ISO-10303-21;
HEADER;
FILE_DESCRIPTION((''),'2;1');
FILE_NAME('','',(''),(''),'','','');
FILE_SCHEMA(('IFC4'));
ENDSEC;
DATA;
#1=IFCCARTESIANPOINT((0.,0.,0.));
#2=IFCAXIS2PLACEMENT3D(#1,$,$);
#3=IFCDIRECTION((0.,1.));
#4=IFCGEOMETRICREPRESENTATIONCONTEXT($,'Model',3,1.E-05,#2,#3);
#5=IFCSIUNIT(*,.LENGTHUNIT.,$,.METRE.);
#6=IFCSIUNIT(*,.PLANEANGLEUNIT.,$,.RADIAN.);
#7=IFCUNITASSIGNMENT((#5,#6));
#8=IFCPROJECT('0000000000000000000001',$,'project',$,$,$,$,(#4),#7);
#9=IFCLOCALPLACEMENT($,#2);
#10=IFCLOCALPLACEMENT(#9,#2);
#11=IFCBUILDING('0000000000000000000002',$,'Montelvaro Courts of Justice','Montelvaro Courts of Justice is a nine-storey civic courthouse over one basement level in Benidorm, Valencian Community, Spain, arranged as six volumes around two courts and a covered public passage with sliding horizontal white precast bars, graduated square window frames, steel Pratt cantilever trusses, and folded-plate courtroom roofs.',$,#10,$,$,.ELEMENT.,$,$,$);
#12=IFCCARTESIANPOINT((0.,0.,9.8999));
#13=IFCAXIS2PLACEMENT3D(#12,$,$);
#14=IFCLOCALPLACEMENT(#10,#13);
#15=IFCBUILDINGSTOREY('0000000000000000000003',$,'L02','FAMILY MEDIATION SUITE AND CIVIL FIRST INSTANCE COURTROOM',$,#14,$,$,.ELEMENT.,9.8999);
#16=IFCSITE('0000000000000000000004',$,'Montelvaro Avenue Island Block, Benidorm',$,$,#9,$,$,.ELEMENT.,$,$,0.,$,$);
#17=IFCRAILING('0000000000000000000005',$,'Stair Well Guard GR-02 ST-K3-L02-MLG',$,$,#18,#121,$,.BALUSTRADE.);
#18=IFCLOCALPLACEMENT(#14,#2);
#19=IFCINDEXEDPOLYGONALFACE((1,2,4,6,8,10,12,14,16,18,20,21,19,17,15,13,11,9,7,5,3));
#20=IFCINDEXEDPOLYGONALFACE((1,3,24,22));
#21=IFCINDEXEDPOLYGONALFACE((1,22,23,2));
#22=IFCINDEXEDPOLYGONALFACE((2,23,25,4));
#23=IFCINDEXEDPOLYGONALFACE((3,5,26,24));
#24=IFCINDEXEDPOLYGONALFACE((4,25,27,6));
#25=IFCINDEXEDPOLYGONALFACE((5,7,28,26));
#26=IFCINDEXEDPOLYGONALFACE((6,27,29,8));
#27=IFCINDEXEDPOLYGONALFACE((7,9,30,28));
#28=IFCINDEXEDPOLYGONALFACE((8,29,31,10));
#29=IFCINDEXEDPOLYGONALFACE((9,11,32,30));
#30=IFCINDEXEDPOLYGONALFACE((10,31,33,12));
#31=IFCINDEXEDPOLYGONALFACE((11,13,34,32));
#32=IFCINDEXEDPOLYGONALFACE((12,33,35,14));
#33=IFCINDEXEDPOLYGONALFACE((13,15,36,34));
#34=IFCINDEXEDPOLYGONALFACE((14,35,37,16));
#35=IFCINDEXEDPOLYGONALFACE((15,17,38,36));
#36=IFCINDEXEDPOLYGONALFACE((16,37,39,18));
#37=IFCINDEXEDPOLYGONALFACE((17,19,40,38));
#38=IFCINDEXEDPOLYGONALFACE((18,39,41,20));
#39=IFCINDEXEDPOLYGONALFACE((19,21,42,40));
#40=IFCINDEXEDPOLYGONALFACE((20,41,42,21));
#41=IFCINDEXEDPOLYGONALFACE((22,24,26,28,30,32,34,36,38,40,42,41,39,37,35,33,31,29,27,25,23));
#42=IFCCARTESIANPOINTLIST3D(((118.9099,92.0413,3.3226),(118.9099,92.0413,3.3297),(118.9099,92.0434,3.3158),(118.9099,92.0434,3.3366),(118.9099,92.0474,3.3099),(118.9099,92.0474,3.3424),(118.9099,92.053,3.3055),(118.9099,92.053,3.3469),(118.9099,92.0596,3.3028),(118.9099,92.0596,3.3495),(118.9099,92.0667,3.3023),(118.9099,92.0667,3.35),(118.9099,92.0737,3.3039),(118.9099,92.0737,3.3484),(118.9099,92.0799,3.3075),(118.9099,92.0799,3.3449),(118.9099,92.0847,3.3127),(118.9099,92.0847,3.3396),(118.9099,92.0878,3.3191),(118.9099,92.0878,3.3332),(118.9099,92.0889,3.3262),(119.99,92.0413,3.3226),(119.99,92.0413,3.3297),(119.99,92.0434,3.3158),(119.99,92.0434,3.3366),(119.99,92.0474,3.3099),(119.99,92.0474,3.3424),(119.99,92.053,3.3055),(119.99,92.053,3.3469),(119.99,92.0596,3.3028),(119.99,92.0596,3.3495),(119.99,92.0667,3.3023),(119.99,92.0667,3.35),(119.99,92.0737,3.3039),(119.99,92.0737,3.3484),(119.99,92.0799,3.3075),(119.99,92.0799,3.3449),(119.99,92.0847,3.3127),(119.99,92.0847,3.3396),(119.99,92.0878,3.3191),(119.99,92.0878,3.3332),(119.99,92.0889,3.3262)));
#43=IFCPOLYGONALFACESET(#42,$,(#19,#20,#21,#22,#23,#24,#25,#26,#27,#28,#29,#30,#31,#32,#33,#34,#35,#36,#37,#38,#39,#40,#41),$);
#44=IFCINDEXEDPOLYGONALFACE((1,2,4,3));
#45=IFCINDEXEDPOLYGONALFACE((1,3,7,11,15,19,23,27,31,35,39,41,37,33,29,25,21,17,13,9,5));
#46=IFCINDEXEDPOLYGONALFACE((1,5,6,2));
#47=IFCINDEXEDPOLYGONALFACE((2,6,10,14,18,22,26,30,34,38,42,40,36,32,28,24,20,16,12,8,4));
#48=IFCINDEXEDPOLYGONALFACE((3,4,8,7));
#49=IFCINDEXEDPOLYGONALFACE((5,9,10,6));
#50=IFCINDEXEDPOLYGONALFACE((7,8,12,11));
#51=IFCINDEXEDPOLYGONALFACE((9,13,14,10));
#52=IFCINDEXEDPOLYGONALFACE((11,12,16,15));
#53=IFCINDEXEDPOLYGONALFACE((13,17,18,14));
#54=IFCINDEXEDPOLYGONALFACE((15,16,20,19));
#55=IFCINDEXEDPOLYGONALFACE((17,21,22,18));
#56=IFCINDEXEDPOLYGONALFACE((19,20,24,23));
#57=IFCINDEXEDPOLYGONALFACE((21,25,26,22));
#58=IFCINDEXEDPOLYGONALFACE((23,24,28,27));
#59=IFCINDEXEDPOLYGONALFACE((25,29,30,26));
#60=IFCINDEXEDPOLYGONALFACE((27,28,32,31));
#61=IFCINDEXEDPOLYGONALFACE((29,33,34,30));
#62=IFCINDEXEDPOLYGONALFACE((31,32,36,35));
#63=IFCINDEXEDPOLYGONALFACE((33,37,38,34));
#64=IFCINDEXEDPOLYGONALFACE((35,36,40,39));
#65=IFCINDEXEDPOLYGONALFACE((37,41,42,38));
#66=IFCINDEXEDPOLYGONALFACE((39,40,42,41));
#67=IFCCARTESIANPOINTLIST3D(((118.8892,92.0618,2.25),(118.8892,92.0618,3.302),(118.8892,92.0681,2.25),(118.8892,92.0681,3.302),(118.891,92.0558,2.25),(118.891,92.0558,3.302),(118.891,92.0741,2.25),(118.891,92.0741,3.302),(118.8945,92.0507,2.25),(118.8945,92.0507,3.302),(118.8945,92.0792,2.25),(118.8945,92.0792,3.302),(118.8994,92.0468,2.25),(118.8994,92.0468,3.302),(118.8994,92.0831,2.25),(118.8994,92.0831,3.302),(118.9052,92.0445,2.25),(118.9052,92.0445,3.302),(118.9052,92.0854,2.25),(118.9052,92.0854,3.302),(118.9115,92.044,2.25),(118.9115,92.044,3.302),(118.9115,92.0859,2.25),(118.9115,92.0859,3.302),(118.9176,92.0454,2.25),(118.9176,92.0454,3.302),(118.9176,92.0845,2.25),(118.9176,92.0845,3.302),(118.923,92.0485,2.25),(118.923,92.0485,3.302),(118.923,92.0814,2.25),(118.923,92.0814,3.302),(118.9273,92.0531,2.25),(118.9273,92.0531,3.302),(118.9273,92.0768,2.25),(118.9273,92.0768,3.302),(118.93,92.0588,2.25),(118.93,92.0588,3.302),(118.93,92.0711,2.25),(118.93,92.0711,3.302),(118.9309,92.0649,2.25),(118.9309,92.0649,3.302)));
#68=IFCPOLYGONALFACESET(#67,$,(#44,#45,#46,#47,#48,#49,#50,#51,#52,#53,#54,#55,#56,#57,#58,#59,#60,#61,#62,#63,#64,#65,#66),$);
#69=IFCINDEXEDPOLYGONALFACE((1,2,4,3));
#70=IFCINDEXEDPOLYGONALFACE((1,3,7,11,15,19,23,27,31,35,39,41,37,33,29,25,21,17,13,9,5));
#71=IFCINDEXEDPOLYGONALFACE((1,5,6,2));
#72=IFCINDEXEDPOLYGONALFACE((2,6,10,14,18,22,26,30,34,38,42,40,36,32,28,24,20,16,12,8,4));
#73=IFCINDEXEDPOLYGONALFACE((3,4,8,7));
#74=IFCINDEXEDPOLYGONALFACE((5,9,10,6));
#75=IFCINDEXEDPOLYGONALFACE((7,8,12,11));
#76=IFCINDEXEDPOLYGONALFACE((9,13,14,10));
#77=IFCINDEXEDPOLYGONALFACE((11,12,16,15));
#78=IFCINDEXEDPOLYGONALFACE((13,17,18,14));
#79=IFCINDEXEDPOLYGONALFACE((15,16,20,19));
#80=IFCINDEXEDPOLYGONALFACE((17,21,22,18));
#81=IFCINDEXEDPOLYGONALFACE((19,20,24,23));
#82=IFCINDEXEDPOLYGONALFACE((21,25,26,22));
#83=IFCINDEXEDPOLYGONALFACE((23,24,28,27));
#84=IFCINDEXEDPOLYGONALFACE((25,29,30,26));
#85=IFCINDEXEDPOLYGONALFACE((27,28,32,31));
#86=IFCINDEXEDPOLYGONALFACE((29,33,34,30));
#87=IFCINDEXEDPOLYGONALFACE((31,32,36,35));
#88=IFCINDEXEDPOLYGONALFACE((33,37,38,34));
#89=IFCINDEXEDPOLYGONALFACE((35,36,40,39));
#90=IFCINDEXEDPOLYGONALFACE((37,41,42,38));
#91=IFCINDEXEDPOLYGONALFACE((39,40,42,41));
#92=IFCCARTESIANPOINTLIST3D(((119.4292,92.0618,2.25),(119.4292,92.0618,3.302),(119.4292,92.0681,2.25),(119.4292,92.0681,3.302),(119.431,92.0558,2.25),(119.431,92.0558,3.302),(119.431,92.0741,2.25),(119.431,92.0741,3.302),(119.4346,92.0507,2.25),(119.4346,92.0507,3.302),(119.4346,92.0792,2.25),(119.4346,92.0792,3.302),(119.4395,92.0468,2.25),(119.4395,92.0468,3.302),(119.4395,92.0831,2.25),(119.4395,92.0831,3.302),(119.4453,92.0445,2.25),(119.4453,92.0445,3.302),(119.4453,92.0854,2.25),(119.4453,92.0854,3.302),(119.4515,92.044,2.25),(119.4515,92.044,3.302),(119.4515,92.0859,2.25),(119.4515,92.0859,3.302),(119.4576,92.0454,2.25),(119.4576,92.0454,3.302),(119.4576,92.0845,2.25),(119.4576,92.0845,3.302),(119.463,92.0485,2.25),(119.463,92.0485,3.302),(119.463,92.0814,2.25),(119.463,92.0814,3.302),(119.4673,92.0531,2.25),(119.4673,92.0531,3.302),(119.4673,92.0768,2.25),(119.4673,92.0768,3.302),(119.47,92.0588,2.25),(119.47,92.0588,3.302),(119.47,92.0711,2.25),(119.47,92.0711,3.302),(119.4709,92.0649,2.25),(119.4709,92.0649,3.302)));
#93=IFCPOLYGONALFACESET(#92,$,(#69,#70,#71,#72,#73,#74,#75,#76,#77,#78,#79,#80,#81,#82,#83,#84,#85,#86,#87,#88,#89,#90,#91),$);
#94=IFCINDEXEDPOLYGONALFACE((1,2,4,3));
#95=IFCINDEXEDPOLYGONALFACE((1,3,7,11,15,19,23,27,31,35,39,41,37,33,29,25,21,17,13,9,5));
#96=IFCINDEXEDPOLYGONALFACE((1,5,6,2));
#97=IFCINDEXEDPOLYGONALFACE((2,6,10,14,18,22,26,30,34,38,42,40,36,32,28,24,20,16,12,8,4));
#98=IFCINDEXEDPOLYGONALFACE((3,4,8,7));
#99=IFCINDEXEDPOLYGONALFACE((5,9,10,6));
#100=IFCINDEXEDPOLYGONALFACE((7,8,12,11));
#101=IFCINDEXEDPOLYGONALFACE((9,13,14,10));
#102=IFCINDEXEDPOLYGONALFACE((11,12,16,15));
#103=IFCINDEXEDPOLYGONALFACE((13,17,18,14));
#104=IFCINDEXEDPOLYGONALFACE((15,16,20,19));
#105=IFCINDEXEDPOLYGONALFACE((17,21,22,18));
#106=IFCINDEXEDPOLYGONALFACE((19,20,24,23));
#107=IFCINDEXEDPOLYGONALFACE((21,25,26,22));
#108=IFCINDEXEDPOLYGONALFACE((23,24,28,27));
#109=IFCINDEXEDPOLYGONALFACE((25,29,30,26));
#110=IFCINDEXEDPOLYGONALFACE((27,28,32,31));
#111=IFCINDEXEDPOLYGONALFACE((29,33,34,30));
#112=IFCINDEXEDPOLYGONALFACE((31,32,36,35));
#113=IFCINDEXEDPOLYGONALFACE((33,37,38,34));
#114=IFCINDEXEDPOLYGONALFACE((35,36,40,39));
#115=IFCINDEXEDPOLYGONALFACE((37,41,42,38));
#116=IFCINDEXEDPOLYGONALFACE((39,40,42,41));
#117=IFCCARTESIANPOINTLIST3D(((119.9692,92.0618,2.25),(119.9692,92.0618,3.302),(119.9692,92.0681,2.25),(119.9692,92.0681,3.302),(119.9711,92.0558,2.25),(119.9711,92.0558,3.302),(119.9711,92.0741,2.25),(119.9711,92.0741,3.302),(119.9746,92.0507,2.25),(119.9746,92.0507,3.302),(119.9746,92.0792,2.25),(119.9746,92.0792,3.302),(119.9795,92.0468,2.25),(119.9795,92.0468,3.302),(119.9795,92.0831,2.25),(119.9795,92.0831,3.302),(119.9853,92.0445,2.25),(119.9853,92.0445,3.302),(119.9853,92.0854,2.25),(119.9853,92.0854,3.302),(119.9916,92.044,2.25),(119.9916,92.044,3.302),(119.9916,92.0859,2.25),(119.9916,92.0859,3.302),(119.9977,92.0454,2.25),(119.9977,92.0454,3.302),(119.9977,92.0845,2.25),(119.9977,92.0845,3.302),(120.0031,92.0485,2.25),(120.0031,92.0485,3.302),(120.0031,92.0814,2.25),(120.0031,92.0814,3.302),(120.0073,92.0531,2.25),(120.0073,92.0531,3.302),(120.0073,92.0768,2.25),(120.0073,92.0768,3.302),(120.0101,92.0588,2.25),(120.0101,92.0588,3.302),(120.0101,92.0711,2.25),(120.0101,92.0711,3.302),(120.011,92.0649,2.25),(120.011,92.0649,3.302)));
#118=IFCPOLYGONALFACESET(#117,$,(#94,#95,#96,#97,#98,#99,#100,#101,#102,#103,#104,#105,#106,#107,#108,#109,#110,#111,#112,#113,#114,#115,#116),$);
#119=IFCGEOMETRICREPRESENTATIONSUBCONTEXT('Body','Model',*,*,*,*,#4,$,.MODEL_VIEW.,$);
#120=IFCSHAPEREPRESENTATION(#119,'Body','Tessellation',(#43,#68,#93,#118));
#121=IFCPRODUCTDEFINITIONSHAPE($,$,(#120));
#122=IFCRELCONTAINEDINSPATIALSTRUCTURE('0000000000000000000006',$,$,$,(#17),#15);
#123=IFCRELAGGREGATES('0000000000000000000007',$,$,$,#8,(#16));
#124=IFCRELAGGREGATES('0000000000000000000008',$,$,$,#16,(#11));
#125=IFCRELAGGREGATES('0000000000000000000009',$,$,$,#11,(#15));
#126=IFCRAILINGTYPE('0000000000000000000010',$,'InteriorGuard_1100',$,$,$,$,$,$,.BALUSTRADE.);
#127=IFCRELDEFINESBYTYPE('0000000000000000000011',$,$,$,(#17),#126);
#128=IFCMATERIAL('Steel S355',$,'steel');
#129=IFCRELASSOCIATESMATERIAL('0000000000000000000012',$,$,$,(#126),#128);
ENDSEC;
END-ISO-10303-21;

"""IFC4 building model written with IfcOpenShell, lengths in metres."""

from ifc_helpers import new_model, si_unit, direction, frame, origin, origin_2d, place, context, subcontext, project, spatial, circle, extrude, material, type_object, element, save


model = new_model("IFC4")

# Units and contexts
model_context = context("Model", 3, precision=1e-05, world=origin(), true_north=direction((0.0, 1.0)))
body_context = subcontext(model_context, "Body", "Model", "MODEL_VIEW")
ifc_project = project(units=[si_unit("LENGTHUNIT", "METRE"), si_unit("PLANEANGLEUNIT", "RADIAN")], contexts=[model_context])

# Site, building, storey
site_placement = place(None, origin())
site = spatial("IfcSite", under=ifc_project, at=site_placement, Name="Montelvaro Avenue Island Block, Benidorm", CompositionType="ELEMENT", RefElevation=0.0)
building_placement = place(site_placement, origin())
building = spatial("IfcBuilding", under=site, at=building_placement, Name="Montelvaro Courts of Justice", Description="Montelvaro Courts of Justice is a nine-storey civic courthouse over one basement level in Benidorm, Valencian Community, Spain, arranged as six volumes around two courts and a covered public passage with sliding horizontal white precast bars, graduated square window frames, steel Pratt cantilever trusses, and folded-plate courtroom roofs.", CompositionType="ELEMENT")
storey_placement = place(building_placement, frame((0.0, 0.0, 9.8999)))
storey = spatial("IfcBuildingStorey", under=building, at=storey_placement, Name="L02", Description="FAMILY MEDIATION SUITE AND CIVIL FIRST INSTANCE COURTROOM", CompositionType="ELEMENT", Elevation=9.8999)

# Shared definitions
ifc_material_1 = material(Name="Steel S355", Category="steel")

# Railing
railing_type_1 = type_object("IfcRailingType", Name="InteriorGuard_1100", PredefinedType="BALUSTRADE", material=ifc_material_1)
railing_1_placement = place(storey_placement, frame((118.9099, 92.0649, 2.25)))
element("IfcRailing", 1, at=railing_1_placement, inside=storey, type_object=railing_type_1, Name="Stair Well Guard GR-02 ST-K3-L02-MLG", PredefinedType="BALUSTRADE", context=body_context, shape_type="SweptSolid", body=[
    extrude(circle(Radius=0.0239, at=origin_2d()), frame((0.0, 0.0, 1.0762), z_axis=(1.0, 0.0, 0.0), x_axis=(0.0, 1.0, 0.0)), (0.0, 0.0, 1.0), 1.0801),
    extrude(circle(Radius=0.021, at=origin_2d()), origin(), (0.0, 0.0, 1.0), 1.052),
    extrude(circle(Radius=0.021, at=origin_2d()), frame((0.54, 0.0, 0.0)), (0.0, 0.0, 1.0), 1.052),
    extrude(circle(Radius=0.021, at=origin_2d()), frame((1.0801, 0.0, 0.0)), (0.0, 0.0, 1.0), 1.052),
])

save(model, "model.ifc")
